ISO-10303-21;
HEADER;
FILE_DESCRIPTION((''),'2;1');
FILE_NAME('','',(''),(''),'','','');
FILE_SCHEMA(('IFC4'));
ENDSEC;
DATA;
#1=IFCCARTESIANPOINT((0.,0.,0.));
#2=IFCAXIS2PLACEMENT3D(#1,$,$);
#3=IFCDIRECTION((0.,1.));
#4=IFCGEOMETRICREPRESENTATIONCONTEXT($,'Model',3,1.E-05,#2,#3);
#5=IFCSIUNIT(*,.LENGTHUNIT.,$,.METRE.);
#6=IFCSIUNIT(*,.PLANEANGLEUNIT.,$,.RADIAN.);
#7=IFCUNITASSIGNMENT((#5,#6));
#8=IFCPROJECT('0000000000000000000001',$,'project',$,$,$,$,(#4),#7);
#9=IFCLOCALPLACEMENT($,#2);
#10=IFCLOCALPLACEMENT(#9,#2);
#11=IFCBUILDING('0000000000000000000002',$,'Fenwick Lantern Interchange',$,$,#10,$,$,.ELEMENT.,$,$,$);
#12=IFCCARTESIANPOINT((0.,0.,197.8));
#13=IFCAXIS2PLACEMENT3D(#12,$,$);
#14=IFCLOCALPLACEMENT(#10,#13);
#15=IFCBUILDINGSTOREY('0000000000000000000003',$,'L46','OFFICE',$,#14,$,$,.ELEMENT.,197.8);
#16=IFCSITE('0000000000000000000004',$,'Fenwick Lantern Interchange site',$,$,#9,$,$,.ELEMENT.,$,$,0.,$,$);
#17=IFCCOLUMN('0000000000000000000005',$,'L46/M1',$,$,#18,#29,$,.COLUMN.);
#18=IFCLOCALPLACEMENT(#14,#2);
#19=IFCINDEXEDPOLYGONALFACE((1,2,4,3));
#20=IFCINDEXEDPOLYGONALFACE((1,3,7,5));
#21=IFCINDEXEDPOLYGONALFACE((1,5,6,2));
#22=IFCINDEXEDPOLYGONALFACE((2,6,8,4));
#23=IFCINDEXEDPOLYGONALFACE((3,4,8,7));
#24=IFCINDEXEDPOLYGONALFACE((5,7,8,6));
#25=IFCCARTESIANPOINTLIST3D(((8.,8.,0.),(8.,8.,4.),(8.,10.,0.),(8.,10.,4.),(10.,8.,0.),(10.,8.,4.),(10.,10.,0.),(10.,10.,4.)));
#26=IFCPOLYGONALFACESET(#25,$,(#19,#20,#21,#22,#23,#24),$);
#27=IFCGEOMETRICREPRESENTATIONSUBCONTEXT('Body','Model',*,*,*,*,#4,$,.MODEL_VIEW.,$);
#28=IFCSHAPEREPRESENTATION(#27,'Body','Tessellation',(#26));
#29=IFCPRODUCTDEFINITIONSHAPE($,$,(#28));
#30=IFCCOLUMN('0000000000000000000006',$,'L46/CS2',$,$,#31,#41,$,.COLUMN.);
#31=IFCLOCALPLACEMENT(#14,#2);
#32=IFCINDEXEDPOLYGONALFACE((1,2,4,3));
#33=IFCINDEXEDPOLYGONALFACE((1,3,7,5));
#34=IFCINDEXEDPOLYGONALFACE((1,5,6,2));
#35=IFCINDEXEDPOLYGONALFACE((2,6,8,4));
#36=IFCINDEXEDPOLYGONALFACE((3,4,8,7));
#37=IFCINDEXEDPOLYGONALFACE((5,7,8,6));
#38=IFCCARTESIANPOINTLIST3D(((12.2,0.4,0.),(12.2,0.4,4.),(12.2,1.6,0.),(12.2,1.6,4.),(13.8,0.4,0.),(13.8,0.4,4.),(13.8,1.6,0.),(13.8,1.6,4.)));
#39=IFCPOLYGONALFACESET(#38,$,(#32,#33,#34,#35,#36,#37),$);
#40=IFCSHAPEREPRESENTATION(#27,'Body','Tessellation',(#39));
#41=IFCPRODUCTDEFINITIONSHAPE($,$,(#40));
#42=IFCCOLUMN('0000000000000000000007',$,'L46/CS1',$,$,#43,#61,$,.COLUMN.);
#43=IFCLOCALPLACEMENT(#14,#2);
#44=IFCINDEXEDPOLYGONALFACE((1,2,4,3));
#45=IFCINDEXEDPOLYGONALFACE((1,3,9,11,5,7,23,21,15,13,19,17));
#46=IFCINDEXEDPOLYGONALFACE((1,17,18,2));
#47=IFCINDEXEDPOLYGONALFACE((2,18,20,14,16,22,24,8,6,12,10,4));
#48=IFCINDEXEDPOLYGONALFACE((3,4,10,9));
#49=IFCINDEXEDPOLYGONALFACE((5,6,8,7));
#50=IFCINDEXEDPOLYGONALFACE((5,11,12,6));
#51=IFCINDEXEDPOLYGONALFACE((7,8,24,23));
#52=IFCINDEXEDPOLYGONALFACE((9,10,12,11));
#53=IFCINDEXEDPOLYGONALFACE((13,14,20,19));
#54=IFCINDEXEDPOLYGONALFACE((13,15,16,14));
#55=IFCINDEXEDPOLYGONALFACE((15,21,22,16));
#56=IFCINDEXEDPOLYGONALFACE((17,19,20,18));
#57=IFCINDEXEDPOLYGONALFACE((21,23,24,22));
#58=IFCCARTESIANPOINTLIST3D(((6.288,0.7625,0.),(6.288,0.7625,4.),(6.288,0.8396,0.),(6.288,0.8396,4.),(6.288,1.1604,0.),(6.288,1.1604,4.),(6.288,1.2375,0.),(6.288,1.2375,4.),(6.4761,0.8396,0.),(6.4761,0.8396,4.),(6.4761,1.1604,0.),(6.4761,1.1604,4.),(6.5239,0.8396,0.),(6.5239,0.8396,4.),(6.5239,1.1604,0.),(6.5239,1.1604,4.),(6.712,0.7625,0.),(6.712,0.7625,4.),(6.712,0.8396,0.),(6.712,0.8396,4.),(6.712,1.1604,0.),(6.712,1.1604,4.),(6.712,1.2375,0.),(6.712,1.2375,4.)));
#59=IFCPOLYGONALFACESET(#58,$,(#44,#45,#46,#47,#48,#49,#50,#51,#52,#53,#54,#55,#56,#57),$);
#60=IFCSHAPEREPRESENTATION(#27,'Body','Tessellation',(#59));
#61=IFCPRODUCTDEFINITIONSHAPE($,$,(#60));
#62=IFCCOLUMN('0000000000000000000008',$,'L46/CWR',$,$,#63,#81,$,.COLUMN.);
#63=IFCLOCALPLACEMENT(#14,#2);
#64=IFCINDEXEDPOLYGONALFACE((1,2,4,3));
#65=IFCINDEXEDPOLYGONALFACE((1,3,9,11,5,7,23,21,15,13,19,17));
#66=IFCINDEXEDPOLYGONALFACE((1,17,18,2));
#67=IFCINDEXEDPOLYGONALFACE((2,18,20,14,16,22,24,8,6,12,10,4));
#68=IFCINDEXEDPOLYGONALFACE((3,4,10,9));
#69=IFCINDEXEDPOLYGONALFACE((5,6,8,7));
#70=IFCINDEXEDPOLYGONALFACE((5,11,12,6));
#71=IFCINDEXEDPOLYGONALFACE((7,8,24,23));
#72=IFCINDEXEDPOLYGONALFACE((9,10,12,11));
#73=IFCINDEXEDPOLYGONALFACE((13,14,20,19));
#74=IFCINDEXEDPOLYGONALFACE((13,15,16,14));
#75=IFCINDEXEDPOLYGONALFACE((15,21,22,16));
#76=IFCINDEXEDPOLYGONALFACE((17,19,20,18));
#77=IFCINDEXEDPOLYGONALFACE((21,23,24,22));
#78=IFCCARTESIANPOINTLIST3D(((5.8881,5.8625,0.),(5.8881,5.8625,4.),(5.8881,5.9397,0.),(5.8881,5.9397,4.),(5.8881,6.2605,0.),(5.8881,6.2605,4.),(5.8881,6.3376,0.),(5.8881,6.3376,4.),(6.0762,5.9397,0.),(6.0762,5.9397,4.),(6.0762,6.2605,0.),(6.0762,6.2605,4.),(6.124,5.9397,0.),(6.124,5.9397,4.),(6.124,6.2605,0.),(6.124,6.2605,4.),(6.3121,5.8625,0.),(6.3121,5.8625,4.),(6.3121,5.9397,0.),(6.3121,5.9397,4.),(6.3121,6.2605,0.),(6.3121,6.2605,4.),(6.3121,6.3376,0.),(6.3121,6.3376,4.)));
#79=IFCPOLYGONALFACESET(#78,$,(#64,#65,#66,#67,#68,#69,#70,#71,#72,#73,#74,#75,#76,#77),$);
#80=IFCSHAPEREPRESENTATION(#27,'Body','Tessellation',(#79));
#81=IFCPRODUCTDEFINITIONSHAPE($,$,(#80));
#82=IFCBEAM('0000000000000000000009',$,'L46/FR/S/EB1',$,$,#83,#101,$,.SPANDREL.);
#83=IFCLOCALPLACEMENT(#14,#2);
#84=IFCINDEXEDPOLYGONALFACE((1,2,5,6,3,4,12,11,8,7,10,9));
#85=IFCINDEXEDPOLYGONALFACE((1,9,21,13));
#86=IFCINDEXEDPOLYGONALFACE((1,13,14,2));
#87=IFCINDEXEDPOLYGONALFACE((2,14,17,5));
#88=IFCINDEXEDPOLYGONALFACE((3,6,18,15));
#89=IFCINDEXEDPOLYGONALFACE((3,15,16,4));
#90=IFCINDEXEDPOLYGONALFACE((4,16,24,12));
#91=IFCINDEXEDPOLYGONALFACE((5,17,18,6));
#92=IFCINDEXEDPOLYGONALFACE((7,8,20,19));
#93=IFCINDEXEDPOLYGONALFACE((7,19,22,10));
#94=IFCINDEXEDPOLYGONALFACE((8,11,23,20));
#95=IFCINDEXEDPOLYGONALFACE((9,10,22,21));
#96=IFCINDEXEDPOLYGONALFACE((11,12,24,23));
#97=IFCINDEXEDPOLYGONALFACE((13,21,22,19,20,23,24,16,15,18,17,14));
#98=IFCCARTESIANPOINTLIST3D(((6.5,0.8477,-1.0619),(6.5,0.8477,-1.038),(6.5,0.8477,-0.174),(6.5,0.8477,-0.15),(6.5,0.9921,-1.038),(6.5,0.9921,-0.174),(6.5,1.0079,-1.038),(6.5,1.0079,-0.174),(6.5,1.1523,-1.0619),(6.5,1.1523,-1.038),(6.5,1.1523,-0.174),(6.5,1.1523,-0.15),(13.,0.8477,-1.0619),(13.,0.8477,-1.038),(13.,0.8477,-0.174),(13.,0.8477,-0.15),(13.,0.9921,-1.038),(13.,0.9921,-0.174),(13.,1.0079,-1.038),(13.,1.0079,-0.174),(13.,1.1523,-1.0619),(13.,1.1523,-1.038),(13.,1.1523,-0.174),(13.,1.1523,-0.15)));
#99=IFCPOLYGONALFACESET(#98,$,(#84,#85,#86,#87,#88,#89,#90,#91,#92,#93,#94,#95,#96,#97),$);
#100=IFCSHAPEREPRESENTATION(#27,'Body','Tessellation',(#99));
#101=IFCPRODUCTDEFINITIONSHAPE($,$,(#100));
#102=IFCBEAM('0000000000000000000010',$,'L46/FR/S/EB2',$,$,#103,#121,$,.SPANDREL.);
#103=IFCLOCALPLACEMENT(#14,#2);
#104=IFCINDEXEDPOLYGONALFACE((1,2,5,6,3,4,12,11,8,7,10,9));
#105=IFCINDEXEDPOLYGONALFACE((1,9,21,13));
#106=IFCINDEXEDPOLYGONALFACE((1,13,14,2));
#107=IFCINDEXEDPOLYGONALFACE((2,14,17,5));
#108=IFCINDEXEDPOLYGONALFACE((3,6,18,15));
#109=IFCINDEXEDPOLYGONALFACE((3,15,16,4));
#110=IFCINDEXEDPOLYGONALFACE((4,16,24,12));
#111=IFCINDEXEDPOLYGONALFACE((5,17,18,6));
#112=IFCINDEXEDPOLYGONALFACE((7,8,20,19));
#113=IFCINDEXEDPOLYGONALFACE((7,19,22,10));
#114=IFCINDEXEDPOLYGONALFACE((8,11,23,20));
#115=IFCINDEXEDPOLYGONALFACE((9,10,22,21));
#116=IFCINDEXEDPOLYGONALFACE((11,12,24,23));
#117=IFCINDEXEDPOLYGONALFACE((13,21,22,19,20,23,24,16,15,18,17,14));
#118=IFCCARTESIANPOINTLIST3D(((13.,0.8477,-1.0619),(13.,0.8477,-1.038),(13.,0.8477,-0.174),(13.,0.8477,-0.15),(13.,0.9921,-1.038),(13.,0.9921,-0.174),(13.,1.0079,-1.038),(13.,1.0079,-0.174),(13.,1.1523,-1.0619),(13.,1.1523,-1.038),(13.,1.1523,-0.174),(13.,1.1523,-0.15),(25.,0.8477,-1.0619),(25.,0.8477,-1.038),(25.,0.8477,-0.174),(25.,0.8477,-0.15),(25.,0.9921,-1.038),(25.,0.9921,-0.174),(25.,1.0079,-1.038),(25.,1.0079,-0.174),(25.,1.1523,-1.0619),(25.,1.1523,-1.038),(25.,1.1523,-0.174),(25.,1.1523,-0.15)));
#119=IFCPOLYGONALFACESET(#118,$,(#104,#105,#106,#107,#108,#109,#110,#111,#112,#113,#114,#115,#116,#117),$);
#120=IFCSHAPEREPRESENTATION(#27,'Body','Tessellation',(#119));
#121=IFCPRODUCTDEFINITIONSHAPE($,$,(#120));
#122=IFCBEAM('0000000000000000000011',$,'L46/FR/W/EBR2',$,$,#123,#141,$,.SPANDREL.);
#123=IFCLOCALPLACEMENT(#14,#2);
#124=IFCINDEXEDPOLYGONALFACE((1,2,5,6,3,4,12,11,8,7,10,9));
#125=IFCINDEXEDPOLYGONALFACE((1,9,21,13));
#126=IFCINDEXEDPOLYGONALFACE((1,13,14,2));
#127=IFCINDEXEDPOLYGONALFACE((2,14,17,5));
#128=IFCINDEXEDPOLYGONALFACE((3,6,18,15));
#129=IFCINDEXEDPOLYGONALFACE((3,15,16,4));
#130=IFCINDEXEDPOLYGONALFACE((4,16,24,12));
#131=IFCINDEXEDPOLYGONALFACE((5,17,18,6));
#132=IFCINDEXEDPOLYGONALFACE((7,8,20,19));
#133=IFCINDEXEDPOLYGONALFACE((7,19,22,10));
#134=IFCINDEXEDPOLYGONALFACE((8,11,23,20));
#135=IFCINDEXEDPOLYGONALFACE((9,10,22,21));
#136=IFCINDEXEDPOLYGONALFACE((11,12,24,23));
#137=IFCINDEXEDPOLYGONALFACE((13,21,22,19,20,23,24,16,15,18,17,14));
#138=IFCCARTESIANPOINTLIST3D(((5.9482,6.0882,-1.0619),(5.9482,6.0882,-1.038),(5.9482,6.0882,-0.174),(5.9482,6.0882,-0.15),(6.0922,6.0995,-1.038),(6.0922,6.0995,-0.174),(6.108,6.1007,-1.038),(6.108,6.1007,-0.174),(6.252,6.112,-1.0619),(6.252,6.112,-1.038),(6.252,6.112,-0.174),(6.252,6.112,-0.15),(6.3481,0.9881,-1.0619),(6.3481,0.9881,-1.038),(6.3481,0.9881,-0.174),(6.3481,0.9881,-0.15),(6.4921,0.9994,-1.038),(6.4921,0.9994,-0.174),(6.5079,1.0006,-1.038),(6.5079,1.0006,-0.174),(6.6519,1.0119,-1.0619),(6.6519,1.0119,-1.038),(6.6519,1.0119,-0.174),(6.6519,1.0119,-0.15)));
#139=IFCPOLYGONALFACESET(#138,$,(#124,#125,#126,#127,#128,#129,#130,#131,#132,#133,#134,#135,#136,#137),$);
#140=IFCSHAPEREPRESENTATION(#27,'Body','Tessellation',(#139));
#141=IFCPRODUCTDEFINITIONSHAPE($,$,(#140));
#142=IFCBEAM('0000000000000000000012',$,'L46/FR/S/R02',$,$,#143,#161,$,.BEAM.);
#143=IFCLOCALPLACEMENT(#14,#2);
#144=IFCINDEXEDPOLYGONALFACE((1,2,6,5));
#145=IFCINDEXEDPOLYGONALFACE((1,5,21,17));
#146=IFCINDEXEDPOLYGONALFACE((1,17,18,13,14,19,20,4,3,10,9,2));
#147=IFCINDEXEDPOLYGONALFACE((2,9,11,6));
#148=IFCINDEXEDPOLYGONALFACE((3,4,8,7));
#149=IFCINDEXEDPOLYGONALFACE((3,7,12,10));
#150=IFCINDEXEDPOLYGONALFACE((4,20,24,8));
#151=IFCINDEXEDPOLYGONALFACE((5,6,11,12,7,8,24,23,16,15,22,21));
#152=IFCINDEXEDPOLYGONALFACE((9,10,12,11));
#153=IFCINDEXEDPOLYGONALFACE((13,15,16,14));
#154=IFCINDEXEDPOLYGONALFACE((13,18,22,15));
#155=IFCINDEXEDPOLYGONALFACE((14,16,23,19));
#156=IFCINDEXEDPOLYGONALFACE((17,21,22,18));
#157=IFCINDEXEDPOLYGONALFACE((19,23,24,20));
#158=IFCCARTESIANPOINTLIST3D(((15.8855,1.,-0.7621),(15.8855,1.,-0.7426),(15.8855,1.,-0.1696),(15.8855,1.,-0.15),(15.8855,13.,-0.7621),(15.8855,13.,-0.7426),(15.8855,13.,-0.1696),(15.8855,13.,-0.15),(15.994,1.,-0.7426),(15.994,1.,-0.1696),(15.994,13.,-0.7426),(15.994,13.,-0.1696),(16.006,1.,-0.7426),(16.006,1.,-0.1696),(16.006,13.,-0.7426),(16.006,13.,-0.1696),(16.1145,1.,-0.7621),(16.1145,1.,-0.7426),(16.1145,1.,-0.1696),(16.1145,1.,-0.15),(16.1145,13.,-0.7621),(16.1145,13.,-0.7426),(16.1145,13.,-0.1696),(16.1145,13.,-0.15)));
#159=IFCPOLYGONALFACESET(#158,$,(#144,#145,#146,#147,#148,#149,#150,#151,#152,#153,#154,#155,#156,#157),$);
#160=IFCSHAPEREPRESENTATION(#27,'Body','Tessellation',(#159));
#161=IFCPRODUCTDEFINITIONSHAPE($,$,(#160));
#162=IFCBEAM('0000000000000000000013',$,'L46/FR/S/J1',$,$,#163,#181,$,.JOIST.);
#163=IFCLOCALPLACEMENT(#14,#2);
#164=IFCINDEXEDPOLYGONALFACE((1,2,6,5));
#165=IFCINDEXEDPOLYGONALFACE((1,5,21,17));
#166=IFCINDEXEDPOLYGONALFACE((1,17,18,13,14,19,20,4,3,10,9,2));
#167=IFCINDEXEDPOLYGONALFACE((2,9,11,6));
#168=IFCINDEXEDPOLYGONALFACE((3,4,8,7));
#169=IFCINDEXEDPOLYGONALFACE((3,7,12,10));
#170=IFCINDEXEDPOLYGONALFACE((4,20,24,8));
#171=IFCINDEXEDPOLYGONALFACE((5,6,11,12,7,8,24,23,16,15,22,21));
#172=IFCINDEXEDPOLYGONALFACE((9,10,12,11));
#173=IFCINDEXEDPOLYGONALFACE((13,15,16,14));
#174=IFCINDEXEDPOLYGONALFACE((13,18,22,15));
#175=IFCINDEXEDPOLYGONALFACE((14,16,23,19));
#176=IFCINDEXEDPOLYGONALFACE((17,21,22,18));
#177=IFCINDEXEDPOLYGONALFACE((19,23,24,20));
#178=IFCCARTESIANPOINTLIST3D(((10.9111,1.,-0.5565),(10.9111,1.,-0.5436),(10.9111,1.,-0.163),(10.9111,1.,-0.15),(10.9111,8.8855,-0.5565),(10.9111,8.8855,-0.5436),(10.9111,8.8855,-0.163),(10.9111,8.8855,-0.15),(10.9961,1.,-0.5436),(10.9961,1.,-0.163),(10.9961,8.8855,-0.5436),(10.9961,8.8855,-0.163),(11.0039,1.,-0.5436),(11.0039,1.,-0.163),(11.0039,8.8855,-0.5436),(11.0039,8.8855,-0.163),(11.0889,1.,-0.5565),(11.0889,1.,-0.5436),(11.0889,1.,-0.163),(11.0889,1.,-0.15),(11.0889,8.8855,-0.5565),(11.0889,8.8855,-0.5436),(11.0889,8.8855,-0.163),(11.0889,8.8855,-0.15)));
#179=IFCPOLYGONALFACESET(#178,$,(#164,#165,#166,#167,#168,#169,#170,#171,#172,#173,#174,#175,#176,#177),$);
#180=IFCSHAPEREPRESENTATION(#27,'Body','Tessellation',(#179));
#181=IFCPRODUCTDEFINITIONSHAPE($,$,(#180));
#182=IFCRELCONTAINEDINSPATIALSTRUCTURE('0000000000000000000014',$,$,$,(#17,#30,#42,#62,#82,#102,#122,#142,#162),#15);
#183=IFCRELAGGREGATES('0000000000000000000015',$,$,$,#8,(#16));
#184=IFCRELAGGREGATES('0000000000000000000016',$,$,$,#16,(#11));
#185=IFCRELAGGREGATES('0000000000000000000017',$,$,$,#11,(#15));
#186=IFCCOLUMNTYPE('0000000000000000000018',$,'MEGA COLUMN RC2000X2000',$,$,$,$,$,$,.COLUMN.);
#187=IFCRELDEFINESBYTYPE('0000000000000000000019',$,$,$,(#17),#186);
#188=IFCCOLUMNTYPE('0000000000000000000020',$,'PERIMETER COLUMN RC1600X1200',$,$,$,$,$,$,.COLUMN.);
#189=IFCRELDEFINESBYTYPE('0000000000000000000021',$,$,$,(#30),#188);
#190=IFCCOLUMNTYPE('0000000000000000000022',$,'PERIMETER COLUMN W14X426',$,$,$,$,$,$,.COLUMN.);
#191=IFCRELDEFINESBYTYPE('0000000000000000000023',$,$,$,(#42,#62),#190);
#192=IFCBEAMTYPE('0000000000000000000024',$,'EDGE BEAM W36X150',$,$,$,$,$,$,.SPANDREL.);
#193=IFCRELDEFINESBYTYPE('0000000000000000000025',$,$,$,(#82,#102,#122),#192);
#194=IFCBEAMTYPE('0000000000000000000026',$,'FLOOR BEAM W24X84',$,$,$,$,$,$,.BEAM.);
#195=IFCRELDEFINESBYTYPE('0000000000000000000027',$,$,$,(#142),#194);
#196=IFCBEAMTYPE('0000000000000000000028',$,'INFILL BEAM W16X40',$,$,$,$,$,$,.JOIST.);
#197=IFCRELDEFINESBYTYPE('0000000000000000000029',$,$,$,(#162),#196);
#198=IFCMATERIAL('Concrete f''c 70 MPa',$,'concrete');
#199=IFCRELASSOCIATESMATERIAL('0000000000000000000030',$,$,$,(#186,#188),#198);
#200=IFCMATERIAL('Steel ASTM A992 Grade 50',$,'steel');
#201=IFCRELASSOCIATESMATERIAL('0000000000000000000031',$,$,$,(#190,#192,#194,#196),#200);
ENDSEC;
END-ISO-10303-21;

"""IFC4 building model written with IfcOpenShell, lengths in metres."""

from ifc_helpers import new_model, si_unit, direction, frame, origin, origin_2d, place, context, subcontext, project, spatial, rectangle, i_section, extrude, material, material_profile, profile_set, type_object, element, save


model = new_model("IFC4")

# Units and contexts
model_context = context("Model", 3, precision=1e-05, world=origin(), true_north=direction((0.0, 1.0)))
body_context = subcontext(model_context, "Body", "Model", "MODEL_VIEW")
ifc_project = project(units=[si_unit("LENGTHUNIT", "METRE"), si_unit("PLANEANGLEUNIT", "RADIAN")], contexts=[model_context])

# Site, building, storey
site_placement = place(None, origin())
site = spatial("IfcSite", under=ifc_project, at=site_placement, Name="Fenwick Lantern Interchange site", CompositionType="ELEMENT", RefElevation=0.0)
building_placement = place(site_placement, origin())
building = spatial("IfcBuilding", under=site, at=building_placement, Name="Fenwick Lantern Interchange", CompositionType="ELEMENT")
storey_placement = place(building_placement, frame((0.0, 0.0, 197.8)))
storey = spatial("IfcBuildingStorey", under=building, at=storey_placement, Name="L46", Description="OFFICE", CompositionType="ELEMENT", Elevation=197.8)

# Columns
ifc_material_1 = material(Name="Concrete f'c 70 MPa", Category="concrete")
ifc_material_profile_1 = material_profile(ifc_material_1, rectangle(XDim=2.0, YDim=2.0, at=origin_2d()), Name="RC2000X2000")
ifc_profile_set_1 = profile_set([ifc_material_profile_1], Name="Concrete f'c 70 MPa")
column_type_1 = type_object("IfcColumnType", Name="MEGA COLUMN RC2000X2000", PredefinedType="COLUMN", material=ifc_profile_set_1)
column_1_placement = place(storey_placement, frame((9.0, 9.0, 0.0), z_axis=(0.0, 0.0, 1.0), x_axis=(1.0, 0.0, 0.0)))
element("IfcColumn", 1, at=column_1_placement, inside=storey, type_object=column_type_1, Name="L46/M1", PredefinedType="COLUMN", context=body_context, shape_type="SweptSolid", body=[
    extrude(rectangle(XDim=2.0, YDim=2.0, at=origin_2d()), origin(), (0.0, 0.0, 1.0), 4.0),
])
ifc_material_profile_2 = material_profile(ifc_material_1, rectangle(XDim=1.6001, YDim=1.2, at=origin_2d()), Name="RC1600X1200")
ifc_profile_set_2 = profile_set([ifc_material_profile_2], Name="Concrete f'c 70 MPa")
column_type_2 = type_object("IfcColumnType", Name="PERIMETER COLUMN RC1600X1200", PredefinedType="COLUMN", material=ifc_profile_set_2)
column_2_placement = place(storey_placement, frame((13.0, 1.0, 0.0), z_axis=(0.0, 0.0, 1.0), x_axis=(1.0, 0.0, 0.0)))
element("IfcColumn", 2, at=column_2_placement, inside=storey, type_object=column_type_2, Name="L46/CS2", PredefinedType="COLUMN", context=body_context, shape_type="SweptSolid", body=[
    extrude(rectangle(XDim=1.6001, YDim=1.2, at=origin_2d()), origin(), (0.0, 0.0, 1.0), 4.0),
])
ifc_material_2 = material(Name="Steel ASTM A992 Grade 50", Category="steel")
ifc_material_profile_3 = material_profile(ifc_material_2, i_section(OverallWidth=0.4241, OverallDepth=0.4751, WebThickness=0.0479, FlangeThickness=0.0771, at=origin_2d()), Name="W14X426")
ifc_profile_set_3 = profile_set([ifc_material_profile_3], Name="Steel ASTM A992 Grade 50")
column_type_3 = type_object("IfcColumnType", Name="PERIMETER COLUMN W14X426", PredefinedType="COLUMN", material=ifc_profile_set_3)
for number, where, z_axis, x_axis, name in (
    (3, (6.5, 1.0, 0.0), (0.0, 0.0, 1.0), (1.0, 0.0, 0.0), "L46/CS1"),
    (4, (6.1001, 6.1001, 0.0), (0.0, 0.0, 1.0), (1.0, 0.0, 0.0), "L46/CWR"),
):
    element("IfcColumn", number, at=place(storey_placement, frame(where, z_axis=z_axis, x_axis=x_axis)), inside=storey, type_object=column_type_3, Name=name, PredefinedType="COLUMN", context=body_context, shape_type="SweptSolid", body=[
        extrude(i_section(OverallWidth=0.4241, OverallDepth=0.4751, WebThickness=0.0479, FlangeThickness=0.0771, at=origin_2d()), origin(), (0.0, 0.0, 1.0), 4.0),
    ])

# Beams
ifc_material_profile_4 = material_profile(ifc_material_2, i_section(OverallWidth=0.3047, OverallDepth=0.9119, WebThickness=0.0159, FlangeThickness=0.0239, at=origin_2d()), Name="W36X150")
ifc_profile_set_4 = profile_set([ifc_material_profile_4], Name="Steel ASTM A992 Grade 50")
beam_type_1 = type_object("IfcBeamType", Name="EDGE BEAM W36X150", PredefinedType="SPANDREL", material=ifc_profile_set_4)
beam_1_placement = place(storey_placement, frame((6.5, 1.0, -0.606), z_axis=(1.0, 0.0, 0.0), x_axis=(0.0, 1.0, 0.0)))
element("IfcBeam", 5, at=beam_1_placement, inside=storey, type_object=beam_type_1, Name="L46/FR/S/EB1", PredefinedType="SPANDREL", context=body_context, shape_type="SweptSolid", body=[
    extrude(i_section(OverallWidth=0.3047, OverallDepth=0.9119, WebThickness=0.0159, FlangeThickness=0.0239, at=origin_2d()), origin(), (0.0, 0.0, 1.0), 6.5),
])
beam_2_placement = place(storey_placement, frame((13.0, 1.0, -0.606), z_axis=(1.0, 0.0, 0.0), x_axis=(0.0, 1.0, 0.0)))
element("IfcBeam", 6, at=beam_2_placement, inside=storey, type_object=beam_type_1, Name="L46/FR/S/EB2", PredefinedType="SPANDREL", context=body_context, shape_type="SweptSolid", body=[
    extrude(i_section(OverallWidth=0.3047, OverallDepth=0.9119, WebThickness=0.0159, FlangeThickness=0.0239, at=origin_2d()), origin(), (0.0, 0.0, 1.0), 12.0),
])
beam_3_placement = place(storey_placement, frame((6.1001, 6.1001, -0.606), z_axis=(0.078171, -0.99694, 0.0), x_axis=(0.99694, 0.078171, 0.0)))
element("IfcBeam", 7, at=beam_3_placement, inside=storey, type_object=beam_type_1, Name="L46/FR/W/EBR2", PredefinedType="SPANDREL", context=body_context, shape_type="SweptSolid", body=[
    extrude(i_section(OverallWidth=0.3047, OverallDepth=0.9119, WebThickness=0.0159, FlangeThickness=0.0239, at=origin_2d()), origin(), (0.0, 0.0, 1.0), 5.1157),
])
ifc_material_profile_5 = material_profile(ifc_material_2, i_section(OverallWidth=0.229, OverallDepth=0.6121, WebThickness=0.012, FlangeThickness=0.0195, at=origin_2d()), Name="W24X84")
ifc_profile_set_5 = profile_set([ifc_material_profile_5], Name="Steel ASTM A992 Grade 50")
beam_type_2 = type_object("IfcBeamType", Name="FLOOR BEAM W24X84", PredefinedType="BEAM", material=ifc_profile_set_5)
beam_4_placement = place(storey_placement, frame((16.0, 1.0, -0.4561), z_axis=(0.0, 1.0, 0.0), x_axis=(-1.0, 0.0, 0.0)))
element("IfcBeam", 8, at=beam_4_placement, inside=storey, type_object=beam_type_2, Name="L46/FR/S/R02", PredefinedType="BEAM", context=body_context, shape_type="SweptSolid", body=[
    extrude(i_section(OverallWidth=0.229, OverallDepth=0.6121, WebThickness=0.012, FlangeThickness=0.0195, at=origin_2d()), origin(), (0.0, 0.0, 1.0), 12.0),
])
ifc_material_profile_6 = material_profile(ifc_material_2, i_section(OverallWidth=0.1777, OverallDepth=0.4065, WebThickness=0.0078, FlangeThickness=0.0129, at=origin_2d()), Name="W16X40")
ifc_profile_set_6 = profile_set([ifc_material_profile_6], Name="Steel ASTM A992 Grade 50")
beam_type_3 = type_object("IfcBeamType", Name="INFILL BEAM W16X40", PredefinedType="JOIST", material=ifc_profile_set_6)
beam_5_placement = place(storey_placement, frame((11.0, 1.0, -0.3533), z_axis=(0.0, 1.0, 0.0), x_axis=(-1.0, 0.0, 0.0)))
element("IfcBeam", 9, at=beam_5_placement, inside=storey, type_object=beam_type_3, Name="L46/FR/S/J1", PredefinedType="JOIST", context=body_context, shape_type="SweptSolid", body=[
    extrude(i_section(OverallWidth=0.1777, OverallDepth=0.4065, WebThickness=0.0078, FlangeThickness=0.0129, at=origin_2d()), origin(), (0.0, 0.0, 1.0), 7.8855),
])

save(model, "model.ifc")
